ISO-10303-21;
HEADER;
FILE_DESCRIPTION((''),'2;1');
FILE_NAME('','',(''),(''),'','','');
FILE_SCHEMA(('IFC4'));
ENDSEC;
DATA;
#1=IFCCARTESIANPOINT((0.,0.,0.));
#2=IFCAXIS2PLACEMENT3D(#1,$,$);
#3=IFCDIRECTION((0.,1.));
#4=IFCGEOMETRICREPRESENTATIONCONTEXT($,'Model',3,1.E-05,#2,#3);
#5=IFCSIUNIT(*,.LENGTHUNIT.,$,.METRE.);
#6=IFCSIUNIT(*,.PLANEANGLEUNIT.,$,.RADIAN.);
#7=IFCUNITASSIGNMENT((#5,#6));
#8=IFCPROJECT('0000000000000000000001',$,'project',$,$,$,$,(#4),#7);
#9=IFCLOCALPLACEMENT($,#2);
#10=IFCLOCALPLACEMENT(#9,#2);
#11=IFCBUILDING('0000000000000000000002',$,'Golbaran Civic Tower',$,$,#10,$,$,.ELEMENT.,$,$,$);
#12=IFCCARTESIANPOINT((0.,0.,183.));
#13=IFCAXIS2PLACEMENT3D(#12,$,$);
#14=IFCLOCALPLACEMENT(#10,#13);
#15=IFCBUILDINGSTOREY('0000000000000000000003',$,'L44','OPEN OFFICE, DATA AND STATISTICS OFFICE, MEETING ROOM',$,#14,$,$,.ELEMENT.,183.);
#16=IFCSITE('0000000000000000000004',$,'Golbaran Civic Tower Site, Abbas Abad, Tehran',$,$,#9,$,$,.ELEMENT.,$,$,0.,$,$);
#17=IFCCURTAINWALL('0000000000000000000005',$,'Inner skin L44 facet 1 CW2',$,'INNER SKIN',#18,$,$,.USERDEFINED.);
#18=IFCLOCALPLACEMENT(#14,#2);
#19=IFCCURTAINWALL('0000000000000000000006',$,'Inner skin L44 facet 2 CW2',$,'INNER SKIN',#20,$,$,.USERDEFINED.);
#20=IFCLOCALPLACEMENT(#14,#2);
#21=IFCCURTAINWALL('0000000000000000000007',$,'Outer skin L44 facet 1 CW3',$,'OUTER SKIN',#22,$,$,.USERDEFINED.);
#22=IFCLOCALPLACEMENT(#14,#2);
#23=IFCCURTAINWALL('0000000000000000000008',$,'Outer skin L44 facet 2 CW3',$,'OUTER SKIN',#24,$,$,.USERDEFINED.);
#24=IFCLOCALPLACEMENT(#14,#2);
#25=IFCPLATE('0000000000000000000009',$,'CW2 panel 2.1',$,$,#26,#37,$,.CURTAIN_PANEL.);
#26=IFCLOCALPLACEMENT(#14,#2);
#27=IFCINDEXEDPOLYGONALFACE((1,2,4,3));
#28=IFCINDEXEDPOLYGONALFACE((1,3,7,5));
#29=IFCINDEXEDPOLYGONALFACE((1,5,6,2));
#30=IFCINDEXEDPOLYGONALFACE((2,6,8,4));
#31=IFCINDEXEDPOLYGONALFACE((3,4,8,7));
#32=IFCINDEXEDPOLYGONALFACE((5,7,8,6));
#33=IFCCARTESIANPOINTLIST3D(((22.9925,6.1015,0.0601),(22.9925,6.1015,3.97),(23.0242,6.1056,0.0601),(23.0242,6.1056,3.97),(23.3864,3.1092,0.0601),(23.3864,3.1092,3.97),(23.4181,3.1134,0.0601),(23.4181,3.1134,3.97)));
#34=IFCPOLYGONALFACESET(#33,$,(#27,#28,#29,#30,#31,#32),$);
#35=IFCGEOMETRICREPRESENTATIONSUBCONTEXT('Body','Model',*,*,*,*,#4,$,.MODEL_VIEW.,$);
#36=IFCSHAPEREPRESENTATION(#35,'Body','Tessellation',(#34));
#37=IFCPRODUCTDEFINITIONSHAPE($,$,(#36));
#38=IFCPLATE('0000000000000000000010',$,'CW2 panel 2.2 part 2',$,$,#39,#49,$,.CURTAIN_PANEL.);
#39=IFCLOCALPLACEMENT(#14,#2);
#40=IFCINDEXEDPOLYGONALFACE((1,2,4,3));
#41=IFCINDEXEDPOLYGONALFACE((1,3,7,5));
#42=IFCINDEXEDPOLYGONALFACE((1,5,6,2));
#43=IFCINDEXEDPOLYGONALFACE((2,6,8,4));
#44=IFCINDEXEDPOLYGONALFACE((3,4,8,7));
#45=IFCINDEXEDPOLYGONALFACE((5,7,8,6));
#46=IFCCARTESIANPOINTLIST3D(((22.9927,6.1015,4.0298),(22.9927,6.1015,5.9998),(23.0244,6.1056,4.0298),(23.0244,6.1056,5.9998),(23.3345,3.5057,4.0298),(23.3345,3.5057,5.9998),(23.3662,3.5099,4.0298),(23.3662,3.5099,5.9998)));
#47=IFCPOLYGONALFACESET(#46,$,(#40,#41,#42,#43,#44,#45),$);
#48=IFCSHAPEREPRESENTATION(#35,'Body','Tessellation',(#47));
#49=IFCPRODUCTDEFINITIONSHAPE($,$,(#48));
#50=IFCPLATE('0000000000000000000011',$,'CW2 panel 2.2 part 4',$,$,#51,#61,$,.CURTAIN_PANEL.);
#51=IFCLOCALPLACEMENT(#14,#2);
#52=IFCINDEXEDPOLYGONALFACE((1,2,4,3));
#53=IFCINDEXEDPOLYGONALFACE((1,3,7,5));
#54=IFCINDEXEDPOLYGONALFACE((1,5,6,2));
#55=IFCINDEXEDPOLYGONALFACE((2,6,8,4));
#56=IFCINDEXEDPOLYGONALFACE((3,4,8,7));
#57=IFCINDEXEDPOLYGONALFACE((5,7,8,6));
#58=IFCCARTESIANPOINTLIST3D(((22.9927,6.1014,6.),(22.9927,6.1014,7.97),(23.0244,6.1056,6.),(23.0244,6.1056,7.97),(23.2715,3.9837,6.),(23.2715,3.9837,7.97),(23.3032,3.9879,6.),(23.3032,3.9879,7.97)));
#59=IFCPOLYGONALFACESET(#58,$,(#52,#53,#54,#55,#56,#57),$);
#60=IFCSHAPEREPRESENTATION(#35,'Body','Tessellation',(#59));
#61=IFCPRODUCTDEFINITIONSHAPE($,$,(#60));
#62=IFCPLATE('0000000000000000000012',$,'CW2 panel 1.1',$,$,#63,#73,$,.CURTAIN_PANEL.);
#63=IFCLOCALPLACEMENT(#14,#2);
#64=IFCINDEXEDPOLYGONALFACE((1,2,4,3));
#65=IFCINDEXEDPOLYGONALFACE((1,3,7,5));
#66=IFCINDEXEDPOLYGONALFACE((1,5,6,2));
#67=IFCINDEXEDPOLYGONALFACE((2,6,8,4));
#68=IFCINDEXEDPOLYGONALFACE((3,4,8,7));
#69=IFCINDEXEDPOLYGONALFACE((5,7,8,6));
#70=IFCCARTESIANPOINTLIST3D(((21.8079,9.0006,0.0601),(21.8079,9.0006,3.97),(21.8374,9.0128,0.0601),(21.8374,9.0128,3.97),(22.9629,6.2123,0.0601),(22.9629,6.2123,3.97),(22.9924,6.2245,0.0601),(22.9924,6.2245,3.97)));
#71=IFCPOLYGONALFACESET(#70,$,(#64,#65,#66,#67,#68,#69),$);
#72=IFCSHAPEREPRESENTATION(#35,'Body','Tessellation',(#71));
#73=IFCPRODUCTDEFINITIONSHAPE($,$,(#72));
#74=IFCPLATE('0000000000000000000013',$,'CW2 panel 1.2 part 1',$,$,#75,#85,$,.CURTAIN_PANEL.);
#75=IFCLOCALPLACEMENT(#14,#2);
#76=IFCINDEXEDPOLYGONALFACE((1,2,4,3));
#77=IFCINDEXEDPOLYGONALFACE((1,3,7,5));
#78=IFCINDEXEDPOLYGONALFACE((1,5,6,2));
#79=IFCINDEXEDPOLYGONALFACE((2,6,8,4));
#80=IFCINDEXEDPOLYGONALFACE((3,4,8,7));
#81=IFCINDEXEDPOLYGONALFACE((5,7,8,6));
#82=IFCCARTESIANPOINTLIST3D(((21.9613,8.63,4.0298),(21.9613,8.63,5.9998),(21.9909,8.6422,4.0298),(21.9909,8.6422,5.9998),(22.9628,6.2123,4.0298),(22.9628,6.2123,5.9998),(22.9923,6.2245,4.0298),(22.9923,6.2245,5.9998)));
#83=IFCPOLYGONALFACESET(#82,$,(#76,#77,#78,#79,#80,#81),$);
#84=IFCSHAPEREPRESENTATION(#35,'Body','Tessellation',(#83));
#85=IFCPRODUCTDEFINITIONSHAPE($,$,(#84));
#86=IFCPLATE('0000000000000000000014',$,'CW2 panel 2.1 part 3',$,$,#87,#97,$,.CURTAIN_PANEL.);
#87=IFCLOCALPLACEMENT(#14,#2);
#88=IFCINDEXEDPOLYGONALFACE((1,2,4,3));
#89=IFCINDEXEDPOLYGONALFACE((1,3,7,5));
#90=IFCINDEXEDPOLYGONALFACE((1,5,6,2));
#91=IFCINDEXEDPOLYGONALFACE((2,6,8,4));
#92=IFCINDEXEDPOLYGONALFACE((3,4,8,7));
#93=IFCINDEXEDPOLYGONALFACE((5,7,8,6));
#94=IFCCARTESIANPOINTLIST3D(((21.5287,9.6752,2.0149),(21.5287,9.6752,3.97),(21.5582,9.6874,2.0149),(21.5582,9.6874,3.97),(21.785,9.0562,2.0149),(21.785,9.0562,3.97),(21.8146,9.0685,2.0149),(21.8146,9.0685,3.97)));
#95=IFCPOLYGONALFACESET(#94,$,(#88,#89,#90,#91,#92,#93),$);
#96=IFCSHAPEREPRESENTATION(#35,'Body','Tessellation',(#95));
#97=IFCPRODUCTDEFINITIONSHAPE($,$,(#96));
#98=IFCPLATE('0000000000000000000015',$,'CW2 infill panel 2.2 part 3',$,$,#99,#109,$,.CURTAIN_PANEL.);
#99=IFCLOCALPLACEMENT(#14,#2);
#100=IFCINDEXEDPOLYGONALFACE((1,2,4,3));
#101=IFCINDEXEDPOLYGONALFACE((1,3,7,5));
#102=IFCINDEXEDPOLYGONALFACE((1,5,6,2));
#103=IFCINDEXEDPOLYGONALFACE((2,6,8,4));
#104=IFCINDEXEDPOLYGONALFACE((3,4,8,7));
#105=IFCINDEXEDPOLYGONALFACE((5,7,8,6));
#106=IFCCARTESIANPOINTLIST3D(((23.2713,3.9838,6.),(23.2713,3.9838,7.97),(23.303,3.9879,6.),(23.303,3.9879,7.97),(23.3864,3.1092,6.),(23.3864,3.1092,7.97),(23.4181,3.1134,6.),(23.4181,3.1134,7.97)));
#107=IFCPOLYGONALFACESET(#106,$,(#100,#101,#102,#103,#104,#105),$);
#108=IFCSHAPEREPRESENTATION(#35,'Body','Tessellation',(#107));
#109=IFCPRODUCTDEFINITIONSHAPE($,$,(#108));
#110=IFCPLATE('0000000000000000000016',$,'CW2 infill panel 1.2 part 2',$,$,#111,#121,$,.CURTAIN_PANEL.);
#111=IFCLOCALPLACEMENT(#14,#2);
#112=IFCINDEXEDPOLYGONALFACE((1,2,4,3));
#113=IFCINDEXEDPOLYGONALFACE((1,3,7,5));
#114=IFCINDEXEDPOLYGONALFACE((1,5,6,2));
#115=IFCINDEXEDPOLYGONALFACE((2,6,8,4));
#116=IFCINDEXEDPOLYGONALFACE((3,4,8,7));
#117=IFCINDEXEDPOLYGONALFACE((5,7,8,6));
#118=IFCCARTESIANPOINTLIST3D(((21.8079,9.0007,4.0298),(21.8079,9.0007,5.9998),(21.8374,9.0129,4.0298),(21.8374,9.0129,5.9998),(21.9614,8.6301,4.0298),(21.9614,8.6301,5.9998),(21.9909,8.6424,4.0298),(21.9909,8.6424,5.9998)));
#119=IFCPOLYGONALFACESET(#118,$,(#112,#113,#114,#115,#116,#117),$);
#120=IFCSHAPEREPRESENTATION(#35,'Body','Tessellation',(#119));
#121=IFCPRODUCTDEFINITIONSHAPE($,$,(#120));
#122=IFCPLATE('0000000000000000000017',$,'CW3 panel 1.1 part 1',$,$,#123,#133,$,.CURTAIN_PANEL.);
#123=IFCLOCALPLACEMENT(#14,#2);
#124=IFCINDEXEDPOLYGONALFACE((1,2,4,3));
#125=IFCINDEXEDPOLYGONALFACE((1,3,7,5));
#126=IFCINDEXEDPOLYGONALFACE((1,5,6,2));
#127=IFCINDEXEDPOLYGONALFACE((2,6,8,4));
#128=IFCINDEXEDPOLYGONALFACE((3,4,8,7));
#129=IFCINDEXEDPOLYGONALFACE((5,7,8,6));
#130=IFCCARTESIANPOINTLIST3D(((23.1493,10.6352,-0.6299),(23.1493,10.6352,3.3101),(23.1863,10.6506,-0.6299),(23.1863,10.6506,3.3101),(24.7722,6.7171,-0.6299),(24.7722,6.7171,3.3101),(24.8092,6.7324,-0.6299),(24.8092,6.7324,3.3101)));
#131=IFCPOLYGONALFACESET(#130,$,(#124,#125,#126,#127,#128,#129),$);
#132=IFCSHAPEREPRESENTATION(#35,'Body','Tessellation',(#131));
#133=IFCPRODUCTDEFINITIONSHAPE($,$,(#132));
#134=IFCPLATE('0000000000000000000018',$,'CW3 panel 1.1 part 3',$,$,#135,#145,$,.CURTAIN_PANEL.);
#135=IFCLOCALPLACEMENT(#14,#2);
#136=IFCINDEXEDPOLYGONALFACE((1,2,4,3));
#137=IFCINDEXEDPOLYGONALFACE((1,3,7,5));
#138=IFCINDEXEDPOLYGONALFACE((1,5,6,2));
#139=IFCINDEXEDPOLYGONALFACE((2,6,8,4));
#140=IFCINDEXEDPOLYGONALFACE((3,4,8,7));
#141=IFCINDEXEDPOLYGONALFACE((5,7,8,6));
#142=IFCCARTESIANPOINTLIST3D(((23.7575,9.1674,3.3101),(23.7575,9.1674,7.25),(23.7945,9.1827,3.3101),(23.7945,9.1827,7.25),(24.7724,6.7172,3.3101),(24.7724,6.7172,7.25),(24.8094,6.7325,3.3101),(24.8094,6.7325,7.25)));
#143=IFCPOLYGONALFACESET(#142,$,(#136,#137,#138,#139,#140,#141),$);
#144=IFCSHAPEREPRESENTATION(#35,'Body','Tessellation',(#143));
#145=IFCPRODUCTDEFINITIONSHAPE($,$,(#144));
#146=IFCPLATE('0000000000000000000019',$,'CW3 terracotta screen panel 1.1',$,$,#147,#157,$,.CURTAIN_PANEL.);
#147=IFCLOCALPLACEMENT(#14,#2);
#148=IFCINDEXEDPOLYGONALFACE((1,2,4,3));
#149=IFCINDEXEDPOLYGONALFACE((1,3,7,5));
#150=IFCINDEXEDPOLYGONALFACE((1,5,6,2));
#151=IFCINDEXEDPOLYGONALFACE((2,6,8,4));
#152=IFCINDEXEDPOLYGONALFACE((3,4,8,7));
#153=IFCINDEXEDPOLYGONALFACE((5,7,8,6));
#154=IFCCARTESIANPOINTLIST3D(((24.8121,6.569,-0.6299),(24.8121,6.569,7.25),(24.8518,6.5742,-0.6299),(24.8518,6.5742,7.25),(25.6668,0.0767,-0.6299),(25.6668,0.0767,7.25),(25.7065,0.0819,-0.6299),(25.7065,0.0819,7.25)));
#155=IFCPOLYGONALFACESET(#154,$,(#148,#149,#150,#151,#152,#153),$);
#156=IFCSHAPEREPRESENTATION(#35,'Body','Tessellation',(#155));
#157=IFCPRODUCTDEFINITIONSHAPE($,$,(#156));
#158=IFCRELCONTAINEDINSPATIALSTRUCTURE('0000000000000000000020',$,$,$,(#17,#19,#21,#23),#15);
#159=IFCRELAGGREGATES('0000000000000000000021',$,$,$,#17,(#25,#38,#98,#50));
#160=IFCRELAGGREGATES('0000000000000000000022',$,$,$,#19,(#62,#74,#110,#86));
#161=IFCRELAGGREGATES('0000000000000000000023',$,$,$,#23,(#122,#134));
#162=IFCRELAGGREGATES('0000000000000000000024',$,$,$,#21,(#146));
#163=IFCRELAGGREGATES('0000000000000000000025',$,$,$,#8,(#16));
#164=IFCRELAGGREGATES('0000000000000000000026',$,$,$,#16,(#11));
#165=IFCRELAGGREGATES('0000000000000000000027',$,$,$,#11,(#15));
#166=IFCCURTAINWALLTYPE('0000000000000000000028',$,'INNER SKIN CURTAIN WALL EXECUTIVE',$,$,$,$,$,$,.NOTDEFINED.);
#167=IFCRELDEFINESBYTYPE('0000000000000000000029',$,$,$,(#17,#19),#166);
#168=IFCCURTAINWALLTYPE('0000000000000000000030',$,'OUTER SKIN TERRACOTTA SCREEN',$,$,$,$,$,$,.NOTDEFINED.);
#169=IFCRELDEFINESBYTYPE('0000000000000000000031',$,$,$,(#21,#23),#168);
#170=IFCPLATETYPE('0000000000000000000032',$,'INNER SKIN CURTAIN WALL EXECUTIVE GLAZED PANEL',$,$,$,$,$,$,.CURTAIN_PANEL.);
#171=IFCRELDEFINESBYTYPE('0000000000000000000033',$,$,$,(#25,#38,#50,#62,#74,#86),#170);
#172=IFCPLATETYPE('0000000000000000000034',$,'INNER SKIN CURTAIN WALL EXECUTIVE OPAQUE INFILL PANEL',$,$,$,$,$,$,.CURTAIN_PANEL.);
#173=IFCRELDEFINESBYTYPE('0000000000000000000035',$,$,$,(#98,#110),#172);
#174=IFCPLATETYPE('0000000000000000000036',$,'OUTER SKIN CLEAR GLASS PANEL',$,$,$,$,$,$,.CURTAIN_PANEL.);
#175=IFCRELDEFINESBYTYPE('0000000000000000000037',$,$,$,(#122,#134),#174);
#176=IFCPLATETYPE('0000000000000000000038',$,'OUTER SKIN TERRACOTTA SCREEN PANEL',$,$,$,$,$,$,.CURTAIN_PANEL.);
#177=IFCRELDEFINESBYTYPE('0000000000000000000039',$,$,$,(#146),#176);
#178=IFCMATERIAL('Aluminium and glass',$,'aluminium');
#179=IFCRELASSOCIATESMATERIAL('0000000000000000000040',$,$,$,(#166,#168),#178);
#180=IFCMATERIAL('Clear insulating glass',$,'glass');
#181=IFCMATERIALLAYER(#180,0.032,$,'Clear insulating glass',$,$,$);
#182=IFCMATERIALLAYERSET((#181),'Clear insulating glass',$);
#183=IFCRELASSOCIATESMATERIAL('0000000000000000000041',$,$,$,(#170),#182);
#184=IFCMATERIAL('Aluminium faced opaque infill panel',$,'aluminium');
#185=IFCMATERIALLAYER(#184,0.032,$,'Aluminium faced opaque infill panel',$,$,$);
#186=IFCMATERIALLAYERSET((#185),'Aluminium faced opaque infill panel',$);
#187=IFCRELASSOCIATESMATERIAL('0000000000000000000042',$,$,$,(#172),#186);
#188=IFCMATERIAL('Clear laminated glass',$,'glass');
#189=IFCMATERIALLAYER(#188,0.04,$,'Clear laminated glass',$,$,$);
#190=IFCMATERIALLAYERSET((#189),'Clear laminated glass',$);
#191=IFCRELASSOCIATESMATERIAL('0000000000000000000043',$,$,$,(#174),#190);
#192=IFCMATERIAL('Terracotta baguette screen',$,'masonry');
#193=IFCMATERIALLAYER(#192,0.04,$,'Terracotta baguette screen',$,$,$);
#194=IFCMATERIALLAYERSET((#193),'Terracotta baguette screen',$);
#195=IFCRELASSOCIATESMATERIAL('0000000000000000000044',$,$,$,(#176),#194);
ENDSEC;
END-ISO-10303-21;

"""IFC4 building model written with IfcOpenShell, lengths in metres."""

from ifc_helpers import new_model, si_unit, direction, frame, origin, origin_2d, place, context, subcontext, project, spatial, rectangle, extrude, material, layer, layer_set, type_object, element, aggregate, save


model = new_model("IFC4")

# Units and contexts
model_context = context("Model", 3, precision=1e-05, world=origin(), true_north=direction((0.0, 1.0)))
body_context = subcontext(model_context, "Body", "Model", "MODEL_VIEW")
ifc_project = project(units=[si_unit("LENGTHUNIT", "METRE"), si_unit("PLANEANGLEUNIT", "RADIAN")], contexts=[model_context])

# Site, building, storey
site_placement = place(None, origin())
site = spatial("IfcSite", under=ifc_project, at=site_placement, Name="Golbaran Civic Tower Site, Abbas Abad, Tehran", CompositionType="ELEMENT", RefElevation=0.0)
building_placement = place(site_placement, origin())
building = spatial("IfcBuilding", under=site, at=building_placement, Name="Golbaran Civic Tower", CompositionType="ELEMENT")
storey_placement = place(building_placement, frame((0.0, 0.0, 183.0)))
storey = spatial("IfcBuildingStorey", under=building, at=storey_placement, Name="L44", Description="OPEN OFFICE, DATA AND STATISTICS OFFICE, MEETING ROOM", CompositionType="ELEMENT", Elevation=183.0)

# Curtain wall
ifc_material_1 = material(Name="Aluminium and glass", Category="aluminium")
curtain_wall_type_1 = type_object("IfcCurtainWallType", Name="INNER SKIN CURTAIN WALL EXECUTIVE", PredefinedType="NOTDEFINED", material=ifc_material_1)
curtain_wall_1_placement = place(storey_placement, origin())
curtain_wall_1 = element("IfcCurtainWall", 1, at=curtain_wall_1_placement, inside=storey, type_object=curtain_wall_type_1, Name="Inner skin L44 facet 1 CW2", ObjectType="INNER SKIN", PredefinedType="USERDEFINED")

# Curtain wall
curtain_wall_2_placement = place(storey_placement, origin())
curtain_wall_2 = element("IfcCurtainWall", 2, at=curtain_wall_2_placement, inside=storey, type_object=curtain_wall_type_1, Name="Inner skin L44 facet 2 CW2", ObjectType="INNER SKIN", PredefinedType="USERDEFINED")

# Curtain wall
curtain_wall_type_2 = type_object("IfcCurtainWallType", Name="OUTER SKIN TERRACOTTA SCREEN", PredefinedType="NOTDEFINED", material=ifc_material_1)
curtain_wall_3_placement = place(storey_placement, origin())
curtain_wall_3 = element("IfcCurtainWall", 3, at=curtain_wall_3_placement, inside=storey, type_object=curtain_wall_type_2, Name="Outer skin L44 facet 1 CW3", ObjectType="OUTER SKIN", PredefinedType="USERDEFINED")

# Curtain wall
curtain_wall_4_placement = place(storey_placement, origin())
curtain_wall_4 = element("IfcCurtainWall", 4, at=curtain_wall_4_placement, inside=storey, type_object=curtain_wall_type_2, Name="Outer skin L44 facet 2 CW3", ObjectType="OUTER SKIN", PredefinedType="USERDEFINED")

# Plates
ifc_material_2 = material(Name="Clear insulating glass", Category="glass")
ifc_layer_1 = layer(ifc_material_2, 0.032, Name="Clear insulating glass")
ifc_layer_set_1 = layer_set([ifc_layer_1], Name="Clear insulating glass")
plate_type_1 = type_object("IfcPlateType", Name="INNER SKIN CURTAIN WALL EXECUTIVE GLAZED PANEL", PredefinedType="CURTAIN_PANEL", material=ifc_layer_set_1)
plate_1_placement = place(storey_placement, frame((23.2053, 4.6074, 0.0601), z_axis=(0.0, 0.0, 1.0), x_axis=(-0.130526, 0.991445, 0.0)))
plate_1 = element("IfcPlate", 5, at=plate_1_placement, type_object=plate_type_1, Name="CW2 panel 2.1", PredefinedType="CURTAIN_PANEL", context=body_context, shape_type="SweptSolid", body=[
    extrude(rectangle(XDim=3.0181, YDim=0.032, at=origin_2d()), origin(), (0.0, 0.0, 1.0), 3.9099),
])
plate_2_placement = place(storey_placement, frame((23.1794, 4.8057, 4.0298), z_axis=(0.0, 0.0, 1.0), x_axis=(-0.130526, 0.991445, 0.0)))
plate_2 = element("IfcPlate", 6, at=plate_2_placement, type_object=plate_type_1, Name="CW2 panel 2.2 part 2", PredefinedType="CURTAIN_PANEL", context=body_context, shape_type="SweptSolid", body=[
    extrude(rectangle(XDim=2.6182, YDim=0.032, at=origin_2d()), origin(), (0.0, 0.0, 1.0), 1.97),
])
plate_3_placement = place(storey_placement, frame((23.1479, 5.0447, 6.0), z_axis=(0.0, 0.0, 1.0), x_axis=(-0.130526, 0.991445, 0.0)))
plate_3 = element("IfcPlate", 7, at=plate_3_placement, type_object=plate_type_1, Name="CW2 panel 2.2 part 4", PredefinedType="CURTAIN_PANEL", context=body_context, shape_type="SweptSolid", body=[
    extrude(rectangle(XDim=2.136, YDim=0.032, at=origin_2d()), origin(), (0.0, 0.0, 1.0), 1.97),
])
plate_4_placement = place(storey_placement, frame((22.4001, 7.6125, 0.0601), z_axis=(0.0, 0.0, 1.0), x_axis=(-0.382683, 0.92388, 0.0)))
plate_4 = element("IfcPlate", 8, at=plate_4_placement, type_object=plate_type_1, Name="CW2 panel 1.1", PredefinedType="CURTAIN_PANEL", context=body_context, shape_type="SweptSolid", body=[
    extrude(rectangle(XDim=3.0181, YDim=0.032, at=origin_2d()), origin(), (0.0, 0.0, 1.0), 3.9099),
])
plate_5_placement = place(storey_placement, frame((22.4768, 7.4272, 4.0298), z_axis=(0.0, 0.0, 1.0), x_axis=(-0.382683, 0.92388, 0.0)))
plate_5 = element("IfcPlate", 9, at=plate_5_placement, type_object=plate_type_1, Name="CW2 panel 1.2 part 1", PredefinedType="CURTAIN_PANEL", context=body_context, shape_type="SweptSolid", body=[
    extrude(rectangle(XDim=2.6169, YDim=0.032, at=origin_2d()), origin(), (0.0, 0.0, 1.0), 1.97),
])
plate_6_placement = place(storey_placement, frame((21.6716, 9.3718, 2.0149), z_axis=(0.0, 0.0, 1.0), x_axis=(-0.382683, 0.92388, 0.0)))
plate_6 = element("IfcPlate", 10, at=plate_6_placement, type_object=plate_type_1, Name="CW2 panel 2.1 part 3", PredefinedType="CURTAIN_PANEL", context=body_context, shape_type="SweptSolid", body=[
    extrude(rectangle(XDim=0.6699, YDim=0.032, at=origin_2d()), origin(), (0.0, 0.0, 1.0), 1.9551),
])
ifc_material_3 = material(Name="Aluminium faced opaque infill panel", Category="aluminium")
ifc_layer_2 = layer(ifc_material_3, 0.032, Name="Aluminium faced opaque infill panel")
ifc_layer_set_2 = layer_set([ifc_layer_2], Name="Aluminium faced opaque infill panel")
plate_type_2 = type_object("IfcPlateType", Name="INNER SKIN CURTAIN WALL EXECUTIVE OPAQUE INFILL PANEL", PredefinedType="CURTAIN_PANEL", material=ifc_layer_set_2)
plate_7_placement = place(storey_placement, frame((23.3447, 3.5486, 6.0), z_axis=(0.0, 0.0, 1.0), x_axis=(-0.130526, 0.991445, 0.0)))
plate_7 = element("IfcPlate", 11, at=plate_7_placement, type_object=plate_type_2, Name="CW2 infill panel 2.2 part 3", PredefinedType="CURTAIN_PANEL", context=body_context, shape_type="SweptSolid", body=[
    extrude(rectangle(XDim=0.8821, YDim=0.032, at=origin_2d()), origin(), (0.0, 0.0, 1.0), 1.97),
])
aggregate(curtain_wall_1, [plate_1, plate_2, plate_7, plate_3])
plate_8_placement = place(storey_placement, frame((21.8994, 8.8215, 4.0298), z_axis=(0.0, 0.0, 1.0), x_axis=(-0.382683, 0.92388, 0.0)))
plate_8 = element("IfcPlate", 12, at=plate_8_placement, type_object=plate_type_2, Name="CW2 infill panel 1.2 part 2", PredefinedType="CURTAIN_PANEL", context=body_context, shape_type="SweptSolid", body=[
    extrude(rectangle(XDim=0.4011, YDim=0.032, at=origin_2d()), origin(), (0.0, 0.0, 1.0), 1.97),
])
aggregate(curtain_wall_2, [plate_4, plate_5, plate_8, plate_6])
ifc_material_4 = material(Name="Clear laminated glass", Category="glass")
ifc_layer_3 = layer(ifc_material_4, 0.04, Name="Clear laminated glass")
ifc_layer_set_3 = layer_set([ifc_layer_3], Name="Clear laminated glass")
plate_type_3 = type_object("IfcPlateType", Name="OUTER SKIN CLEAR GLASS PANEL", PredefinedType="CURTAIN_PANEL", material=ifc_layer_set_3)
plate_9_placement = place(storey_placement, frame((23.9792, 8.6838, -0.6299), z_axis=(0.0, 0.0, 1.0), x_axis=(-0.382683, 0.92388, 0.0)))
plate_9 = element("IfcPlate", 13, at=plate_9_placement, type_object=plate_type_3, Name="CW3 panel 1.1 part 1", PredefinedType="CURTAIN_PANEL", context=body_context, shape_type="SweptSolid", body=[
    extrude(rectangle(XDim=4.241, YDim=0.04, at=origin_2d()), origin(), (0.0, 0.0, 1.0), 3.9399),
])
plate_10_placement = place(storey_placement, frame((24.2834, 7.95, 3.3101), z_axis=(0.0, 0.0, 1.0), x_axis=(-0.382683, 0.92388, 0.0)))
plate_10 = element("IfcPlate", 14, at=plate_10_placement, type_object=plate_type_3, Name="CW3 panel 1.1 part 3", PredefinedType="CURTAIN_PANEL", context=body_context, shape_type="SweptSolid", body=[
    extrude(rectangle(XDim=2.6521, YDim=0.04, at=origin_2d()), origin(), (0.0, 0.0, 1.0), 3.9399),
])
aggregate(curtain_wall_4, [plate_9, plate_10])
ifc_material_5 = material(Name="Terracotta baguette screen", Category="masonry")
ifc_layer_4 = layer(ifc_material_5, 0.04, Name="Terracotta baguette screen")
ifc_layer_set_4 = layer_set([ifc_layer_4], Name="Terracotta baguette screen")
plate_type_4 = type_object("IfcPlateType", Name="OUTER SKIN TERRACOTTA SCREEN PANEL", PredefinedType="CURTAIN_PANEL", material=ifc_layer_set_4)
plate_11_placement = place(storey_placement, frame((25.2593, 3.3254, -0.6299), z_axis=(0.0, 0.0, 1.0), x_axis=(-0.130526, 0.991445, 0.0)))
plate_11 = element("IfcPlate", 15, at=plate_11_placement, type_object=plate_type_4, Name="CW3 terracotta screen panel 1.1", PredefinedType="CURTAIN_PANEL", context=body_context, shape_type="SweptSolid", body=[
    extrude(rectangle(XDim=6.5483, YDim=0.04, at=origin_2d()), origin(), (0.0, 0.0, 1.0), 7.8799),
])
aggregate(curtain_wall_3, [plate_11])

save(model, "model.ifc")
